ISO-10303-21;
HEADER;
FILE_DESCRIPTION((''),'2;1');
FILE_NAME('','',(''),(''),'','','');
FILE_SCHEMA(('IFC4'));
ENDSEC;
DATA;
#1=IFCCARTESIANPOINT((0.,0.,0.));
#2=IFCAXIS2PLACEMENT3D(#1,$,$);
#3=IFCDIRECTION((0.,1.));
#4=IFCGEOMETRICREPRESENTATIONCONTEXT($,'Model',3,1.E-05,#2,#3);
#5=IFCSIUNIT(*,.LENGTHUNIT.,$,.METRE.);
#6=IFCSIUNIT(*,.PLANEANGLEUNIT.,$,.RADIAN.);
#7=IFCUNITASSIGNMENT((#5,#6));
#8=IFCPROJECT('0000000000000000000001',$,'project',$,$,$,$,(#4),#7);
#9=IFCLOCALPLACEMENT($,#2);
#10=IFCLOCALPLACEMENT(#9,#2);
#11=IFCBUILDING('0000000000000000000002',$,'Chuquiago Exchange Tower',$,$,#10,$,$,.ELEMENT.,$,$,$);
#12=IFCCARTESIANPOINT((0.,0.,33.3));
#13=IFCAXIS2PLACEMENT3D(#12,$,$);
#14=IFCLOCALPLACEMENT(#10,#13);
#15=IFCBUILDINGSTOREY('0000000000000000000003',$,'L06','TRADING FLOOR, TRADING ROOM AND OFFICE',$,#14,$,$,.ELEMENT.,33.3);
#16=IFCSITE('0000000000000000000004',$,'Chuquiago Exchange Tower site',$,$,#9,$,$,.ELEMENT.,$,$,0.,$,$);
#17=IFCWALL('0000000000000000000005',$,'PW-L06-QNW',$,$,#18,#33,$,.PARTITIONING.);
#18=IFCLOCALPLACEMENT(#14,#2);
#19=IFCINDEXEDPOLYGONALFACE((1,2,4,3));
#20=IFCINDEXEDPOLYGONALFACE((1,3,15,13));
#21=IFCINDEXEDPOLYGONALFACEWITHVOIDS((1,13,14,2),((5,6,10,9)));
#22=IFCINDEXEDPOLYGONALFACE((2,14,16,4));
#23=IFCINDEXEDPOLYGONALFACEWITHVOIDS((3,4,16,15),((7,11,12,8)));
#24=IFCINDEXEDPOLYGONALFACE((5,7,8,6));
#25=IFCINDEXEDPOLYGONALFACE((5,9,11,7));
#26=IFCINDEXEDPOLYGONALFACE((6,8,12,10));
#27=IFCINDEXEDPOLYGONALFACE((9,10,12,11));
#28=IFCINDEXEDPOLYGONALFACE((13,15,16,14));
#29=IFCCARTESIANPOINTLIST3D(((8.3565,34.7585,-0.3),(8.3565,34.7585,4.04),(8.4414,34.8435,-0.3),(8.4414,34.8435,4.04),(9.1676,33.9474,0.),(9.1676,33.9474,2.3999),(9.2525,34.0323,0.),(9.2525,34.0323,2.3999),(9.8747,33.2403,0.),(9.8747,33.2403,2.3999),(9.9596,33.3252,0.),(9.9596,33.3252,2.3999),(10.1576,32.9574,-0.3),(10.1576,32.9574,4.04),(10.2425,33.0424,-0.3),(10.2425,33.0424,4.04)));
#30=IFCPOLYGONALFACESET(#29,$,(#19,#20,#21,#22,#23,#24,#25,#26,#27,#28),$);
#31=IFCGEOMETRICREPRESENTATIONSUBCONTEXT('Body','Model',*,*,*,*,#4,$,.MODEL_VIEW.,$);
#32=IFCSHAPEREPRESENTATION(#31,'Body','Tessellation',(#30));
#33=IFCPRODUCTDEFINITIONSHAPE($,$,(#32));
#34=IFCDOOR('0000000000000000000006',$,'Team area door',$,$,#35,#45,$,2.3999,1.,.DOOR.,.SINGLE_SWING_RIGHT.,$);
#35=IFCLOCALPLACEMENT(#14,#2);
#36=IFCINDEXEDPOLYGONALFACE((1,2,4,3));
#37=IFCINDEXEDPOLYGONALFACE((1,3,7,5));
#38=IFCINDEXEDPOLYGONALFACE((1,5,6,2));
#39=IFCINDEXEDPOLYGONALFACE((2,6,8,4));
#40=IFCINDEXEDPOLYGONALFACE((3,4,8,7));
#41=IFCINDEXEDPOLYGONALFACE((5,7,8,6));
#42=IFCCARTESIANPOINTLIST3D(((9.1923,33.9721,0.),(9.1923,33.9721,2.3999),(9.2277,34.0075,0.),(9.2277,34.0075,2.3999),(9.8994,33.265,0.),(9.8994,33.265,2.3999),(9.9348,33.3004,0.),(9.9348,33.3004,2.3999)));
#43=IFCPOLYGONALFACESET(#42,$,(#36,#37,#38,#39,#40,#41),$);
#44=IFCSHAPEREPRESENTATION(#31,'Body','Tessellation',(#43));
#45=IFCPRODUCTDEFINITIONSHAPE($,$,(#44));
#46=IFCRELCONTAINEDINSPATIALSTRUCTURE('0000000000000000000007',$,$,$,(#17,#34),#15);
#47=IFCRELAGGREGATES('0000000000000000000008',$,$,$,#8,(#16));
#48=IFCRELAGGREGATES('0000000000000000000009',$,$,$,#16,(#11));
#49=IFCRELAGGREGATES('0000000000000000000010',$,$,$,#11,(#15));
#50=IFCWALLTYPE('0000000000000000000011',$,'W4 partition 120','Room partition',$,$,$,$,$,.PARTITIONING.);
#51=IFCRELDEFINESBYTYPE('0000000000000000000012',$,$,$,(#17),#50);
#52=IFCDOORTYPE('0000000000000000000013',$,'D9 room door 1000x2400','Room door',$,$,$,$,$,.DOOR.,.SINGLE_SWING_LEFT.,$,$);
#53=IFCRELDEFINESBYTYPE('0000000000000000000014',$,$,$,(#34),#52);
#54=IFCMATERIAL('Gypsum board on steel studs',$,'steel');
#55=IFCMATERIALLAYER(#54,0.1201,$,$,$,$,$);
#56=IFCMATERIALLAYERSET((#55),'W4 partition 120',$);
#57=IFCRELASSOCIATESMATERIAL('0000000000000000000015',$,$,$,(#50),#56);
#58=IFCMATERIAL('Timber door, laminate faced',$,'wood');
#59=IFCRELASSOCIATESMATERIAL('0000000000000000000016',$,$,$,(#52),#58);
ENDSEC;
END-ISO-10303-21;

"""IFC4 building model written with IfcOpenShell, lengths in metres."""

from ifc_helpers import new_model, si_unit, direction, frame, frame_2d, origin, place, context, subcontext, project, spatial, rectangle, extrude, material, layer, layer_set, type_object, element, fill, save


model = new_model("IFC4")

# Units and contexts
model_context = context("Model", 3, precision=1e-05, world=origin(), true_north=direction((0.0, 1.0)))
body_context = subcontext(model_context, "Body", "Model", "MODEL_VIEW")
ifc_project = project(units=[si_unit("LENGTHUNIT", "METRE"), si_unit("PLANEANGLEUNIT", "RADIAN")], contexts=[model_context])

# Site, building, storey
site_placement = place(None, origin())
site = spatial("IfcSite", under=ifc_project, at=site_placement, Name="Chuquiago Exchange Tower site", CompositionType="ELEMENT", RefElevation=0.0)
building_placement = place(site_placement, origin())
building = spatial("IfcBuilding", under=site, at=building_placement, Name="Chuquiago Exchange Tower", CompositionType="ELEMENT")
storey_placement = place(building_placement, frame((0.0, 0.0, 33.3)))
storey = spatial("IfcBuildingStorey", under=building, at=storey_placement, Name="L06", Description="TRADING FLOOR, TRADING ROOM AND OFFICE", CompositionType="ELEMENT", Elevation=33.3)

# Shared definitions
ifc_material_1 = material(Name="Gypsum board on steel studs", Category="steel")
ifc_layer_1 = layer(ifc_material_1, 0.1201)
ifc_layer_set_1 = layer_set([ifc_layer_1], Name="W4 partition 120")
wall_type_1 = type_object("IfcWallType", Name="W4 partition 120", Description="Room partition", PredefinedType="PARTITIONING", material=ifc_layer_set_1)

# Wall, opening, door
ifc_material_2 = material(Name="Timber door, laminate faced", Category="wood")
door_type = type_object("IfcDoorType", Name="D9 room door 1000x2400", Description="Room door", OperationType="SINGLE_SWING_LEFT", PredefinedType="DOOR", material=ifc_material_2)
wall_1_placement = place(storey_placement, frame((10.2, 33.0, -0.3), z_axis=(0.0, 0.0, 1.0), x_axis=(-0.707107, 0.707107, 0.0)))
wall_1 = element("IfcWall", 1, at=wall_1_placement, inside=storey, type_object=wall_type_1, Name="PW-L06-QNW", PredefinedType="PARTITIONING", context=body_context, shape_type="SweptSolid", body=[
    extrude(rectangle(XDim=2.5471, YDim=0.1201, at=frame_2d((1.2734, 0.0))), origin(), (0.0, 0.0, 1.0), 4.3401),
])
opening_1_placement = place(wall_1_placement, frame((0.3999, 0.0, 0.3)))
opening_1 = element("IfcOpeningElement", 2, at=opening_1_placement, cuts=wall_1, PredefinedType="OPENING", context=body_context, shape_type="SweptSolid", body=[
    extrude(rectangle(XDim=1.0, YDim=2.3999, at=frame_2d((0.5, 1.2))), frame((0.0, 0.0701, 0.0), z_axis=(0.0, -1.0, 0.0), x_axis=(1.0, 0.0, 0.0)), (0.0, 0.0, 1.0), 0.1401),
])
door_1_placement = place(opening_1_placement, frame((1.0, 0.0, 0.0), z_axis=(0.0, 0.0, 1.0), x_axis=(-1.0, 0.0, 0.0)))
door_1 = element("IfcDoor", 3, at=door_1_placement, inside=storey, type_object=door_type, Name="Team area door", OperationType="SINGLE_SWING_RIGHT", OverallHeight=2.3999, OverallWidth=1.0, PredefinedType="DOOR", context=body_context, shape_type="SweptSolid", body=[
    extrude(rectangle(XDim=1.0, YDim=2.3999, at=frame_2d((0.5, 1.2))), frame((0.0, 0.0249, 0.0), z_axis=(0.0, -1.0, 0.0), x_axis=(1.0, 0.0, 0.0)), (0.0, 0.0, 1.0), 0.05),
])
fill(opening_1, door_1)

save(model, "model.ifc")
